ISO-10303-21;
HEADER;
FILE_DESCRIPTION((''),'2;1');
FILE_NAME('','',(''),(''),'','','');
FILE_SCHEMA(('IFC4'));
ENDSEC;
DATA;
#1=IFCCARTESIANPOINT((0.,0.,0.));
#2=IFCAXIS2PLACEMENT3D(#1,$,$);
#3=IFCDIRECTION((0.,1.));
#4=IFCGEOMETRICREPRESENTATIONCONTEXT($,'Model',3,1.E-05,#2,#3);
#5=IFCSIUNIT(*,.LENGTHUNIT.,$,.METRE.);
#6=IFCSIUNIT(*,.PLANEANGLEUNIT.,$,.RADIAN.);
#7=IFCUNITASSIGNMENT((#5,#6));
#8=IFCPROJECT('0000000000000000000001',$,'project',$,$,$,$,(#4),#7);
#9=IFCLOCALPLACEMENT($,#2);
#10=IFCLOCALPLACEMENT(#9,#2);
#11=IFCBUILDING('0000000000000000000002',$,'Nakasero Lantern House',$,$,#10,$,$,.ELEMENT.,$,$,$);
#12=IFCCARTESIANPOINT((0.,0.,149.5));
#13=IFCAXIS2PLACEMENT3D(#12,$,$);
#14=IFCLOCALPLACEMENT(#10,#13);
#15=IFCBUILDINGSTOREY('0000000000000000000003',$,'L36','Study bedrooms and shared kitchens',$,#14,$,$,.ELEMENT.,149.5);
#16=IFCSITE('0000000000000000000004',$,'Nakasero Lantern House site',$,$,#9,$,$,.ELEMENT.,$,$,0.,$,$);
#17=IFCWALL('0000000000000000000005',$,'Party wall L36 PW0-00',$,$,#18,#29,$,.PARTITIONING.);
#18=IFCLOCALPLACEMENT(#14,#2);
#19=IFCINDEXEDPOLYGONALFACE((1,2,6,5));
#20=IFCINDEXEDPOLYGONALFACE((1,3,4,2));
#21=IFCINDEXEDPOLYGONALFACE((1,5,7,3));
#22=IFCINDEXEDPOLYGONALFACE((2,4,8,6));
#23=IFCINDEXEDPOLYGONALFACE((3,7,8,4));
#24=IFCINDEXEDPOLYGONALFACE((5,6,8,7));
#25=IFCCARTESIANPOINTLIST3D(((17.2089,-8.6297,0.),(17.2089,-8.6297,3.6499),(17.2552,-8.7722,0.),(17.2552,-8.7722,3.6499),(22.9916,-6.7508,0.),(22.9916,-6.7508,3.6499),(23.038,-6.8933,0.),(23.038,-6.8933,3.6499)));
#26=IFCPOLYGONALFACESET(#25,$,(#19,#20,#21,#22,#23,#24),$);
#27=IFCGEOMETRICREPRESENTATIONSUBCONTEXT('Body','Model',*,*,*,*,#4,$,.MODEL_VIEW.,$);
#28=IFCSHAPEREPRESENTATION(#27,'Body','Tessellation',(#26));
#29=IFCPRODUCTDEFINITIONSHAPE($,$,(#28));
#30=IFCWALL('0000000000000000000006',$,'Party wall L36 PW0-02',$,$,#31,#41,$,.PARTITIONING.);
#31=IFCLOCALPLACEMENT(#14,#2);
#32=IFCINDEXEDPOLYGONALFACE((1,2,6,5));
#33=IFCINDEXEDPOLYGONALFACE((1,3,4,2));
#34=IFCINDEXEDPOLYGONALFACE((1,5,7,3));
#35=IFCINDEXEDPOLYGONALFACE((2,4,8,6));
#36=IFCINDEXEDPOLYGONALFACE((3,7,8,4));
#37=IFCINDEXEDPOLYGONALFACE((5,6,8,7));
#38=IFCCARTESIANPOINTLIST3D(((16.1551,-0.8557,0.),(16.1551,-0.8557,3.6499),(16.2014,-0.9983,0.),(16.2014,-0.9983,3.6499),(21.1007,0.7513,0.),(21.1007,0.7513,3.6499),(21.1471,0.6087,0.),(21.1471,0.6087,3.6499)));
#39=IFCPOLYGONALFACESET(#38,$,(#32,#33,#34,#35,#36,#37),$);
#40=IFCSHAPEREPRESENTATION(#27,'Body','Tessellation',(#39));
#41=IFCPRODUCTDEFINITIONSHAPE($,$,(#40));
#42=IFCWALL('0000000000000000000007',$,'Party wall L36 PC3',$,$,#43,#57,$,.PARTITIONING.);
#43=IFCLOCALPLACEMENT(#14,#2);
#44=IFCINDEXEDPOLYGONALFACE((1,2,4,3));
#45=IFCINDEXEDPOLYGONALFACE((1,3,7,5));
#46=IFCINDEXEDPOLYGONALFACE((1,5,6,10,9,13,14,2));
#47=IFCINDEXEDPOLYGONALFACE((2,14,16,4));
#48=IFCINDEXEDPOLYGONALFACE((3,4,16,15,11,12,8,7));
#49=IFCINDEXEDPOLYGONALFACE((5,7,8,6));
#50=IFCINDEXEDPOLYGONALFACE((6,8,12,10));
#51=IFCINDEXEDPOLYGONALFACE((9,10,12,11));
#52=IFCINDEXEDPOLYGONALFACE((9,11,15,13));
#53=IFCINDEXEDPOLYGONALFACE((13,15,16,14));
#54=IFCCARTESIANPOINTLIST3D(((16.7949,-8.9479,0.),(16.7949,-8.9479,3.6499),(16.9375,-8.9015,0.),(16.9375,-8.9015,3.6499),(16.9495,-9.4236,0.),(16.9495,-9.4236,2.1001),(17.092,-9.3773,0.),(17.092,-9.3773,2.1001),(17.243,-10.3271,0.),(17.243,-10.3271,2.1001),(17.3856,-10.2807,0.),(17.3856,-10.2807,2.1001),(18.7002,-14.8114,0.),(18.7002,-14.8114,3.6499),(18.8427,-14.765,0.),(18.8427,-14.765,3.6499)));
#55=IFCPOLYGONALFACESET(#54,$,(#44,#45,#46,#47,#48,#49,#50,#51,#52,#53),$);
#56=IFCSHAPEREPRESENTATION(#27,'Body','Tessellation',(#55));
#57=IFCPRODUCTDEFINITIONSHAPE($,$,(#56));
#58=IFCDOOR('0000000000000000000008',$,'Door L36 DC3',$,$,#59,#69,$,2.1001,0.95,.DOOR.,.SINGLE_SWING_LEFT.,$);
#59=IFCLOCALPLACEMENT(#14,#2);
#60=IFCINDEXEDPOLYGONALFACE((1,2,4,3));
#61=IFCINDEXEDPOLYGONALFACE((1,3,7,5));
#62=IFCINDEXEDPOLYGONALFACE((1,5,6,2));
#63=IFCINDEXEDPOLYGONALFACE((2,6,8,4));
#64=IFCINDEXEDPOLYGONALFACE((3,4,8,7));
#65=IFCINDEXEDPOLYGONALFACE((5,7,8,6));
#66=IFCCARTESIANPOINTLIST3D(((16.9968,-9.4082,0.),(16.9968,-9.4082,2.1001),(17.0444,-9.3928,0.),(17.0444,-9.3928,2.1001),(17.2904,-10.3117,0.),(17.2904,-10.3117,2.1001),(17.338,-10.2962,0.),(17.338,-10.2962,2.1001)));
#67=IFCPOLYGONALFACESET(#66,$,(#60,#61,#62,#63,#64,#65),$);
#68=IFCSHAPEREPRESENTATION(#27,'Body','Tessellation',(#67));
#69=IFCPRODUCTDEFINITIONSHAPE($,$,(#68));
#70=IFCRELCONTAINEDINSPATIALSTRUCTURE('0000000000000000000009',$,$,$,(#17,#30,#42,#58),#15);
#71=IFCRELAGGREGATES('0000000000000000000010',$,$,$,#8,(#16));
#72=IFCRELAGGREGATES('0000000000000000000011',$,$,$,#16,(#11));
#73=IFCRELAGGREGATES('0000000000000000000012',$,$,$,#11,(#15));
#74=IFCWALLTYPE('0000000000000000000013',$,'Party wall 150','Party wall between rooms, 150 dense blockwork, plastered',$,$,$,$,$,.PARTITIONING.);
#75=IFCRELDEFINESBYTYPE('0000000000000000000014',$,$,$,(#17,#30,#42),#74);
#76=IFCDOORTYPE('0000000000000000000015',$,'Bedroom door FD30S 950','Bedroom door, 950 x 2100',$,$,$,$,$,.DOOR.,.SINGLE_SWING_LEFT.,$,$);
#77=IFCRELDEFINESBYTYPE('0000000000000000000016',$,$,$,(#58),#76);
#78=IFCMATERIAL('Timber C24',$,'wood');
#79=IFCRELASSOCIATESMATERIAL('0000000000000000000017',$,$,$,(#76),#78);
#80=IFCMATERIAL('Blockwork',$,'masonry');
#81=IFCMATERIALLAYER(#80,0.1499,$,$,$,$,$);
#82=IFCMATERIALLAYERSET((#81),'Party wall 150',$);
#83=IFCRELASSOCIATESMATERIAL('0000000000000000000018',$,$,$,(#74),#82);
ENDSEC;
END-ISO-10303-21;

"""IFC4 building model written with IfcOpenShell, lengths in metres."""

from ifc_helpers import new_model, si_unit, direction, frame, frame_2d, origin, place, context, subcontext, project, spatial, rectangle, extrude, material, layer, layer_set, type_object, element, fill, save


model = new_model("IFC4")

# Units and contexts
model_context = context("Model", 3, precision=1e-05, world=origin(), true_north=direction((0.0, 1.0)))
body_context = subcontext(model_context, "Body", "Model", "MODEL_VIEW")
ifc_project = project(units=[si_unit("LENGTHUNIT", "METRE"), si_unit("PLANEANGLEUNIT", "RADIAN")], contexts=[model_context])

# Site, building, storey
site_placement = place(None, origin())
site = spatial("IfcSite", under=ifc_project, at=site_placement, Name="Nakasero Lantern House site", CompositionType="ELEMENT", RefElevation=0.0)
building_placement = place(site_placement, origin())
building = spatial("IfcBuilding", under=site, at=building_placement, Name="Nakasero Lantern House", CompositionType="ELEMENT")
storey_placement = place(building_placement, frame((0.0, 0.0, 149.5)))
storey = spatial("IfcBuildingStorey", under=building, at=storey_placement, Name="L36", Description="Study bedrooms and shared kitchens", CompositionType="ELEMENT", Elevation=149.5)

# Shared definitions
ifc_material_1 = material(Name="Timber C24", Category="wood")
door_type_1 = type_object("IfcDoorType", Name="Bedroom door FD30S 950", Description="Bedroom door, 950 x 2100", OperationType="SINGLE_SWING_LEFT", PredefinedType="DOOR", material=ifc_material_1)

# Walls
ifc_material_2 = material(Name="Blockwork", Category="masonry")
ifc_layer_1 = layer(ifc_material_2, 0.1499)
ifc_layer_set_1 = layer_set([ifc_layer_1], Name="Party wall 150")
wall_type_1 = type_object("IfcWallType", Name="Party wall 150", Description="Party wall between rooms, 150 dense blockwork, plastered", PredefinedType="PARTITIONING", material=ifc_layer_set_1)
wall_1_placement = place(storey_placement, frame((17.2322, -8.7009, 0.0), z_axis=(0.0, 0.0, 1.0), x_axis=(0.951057, 0.309015, 0.0)))
element("IfcWall", 1, at=wall_1_placement, inside=storey, type_object=wall_type_1, Name="Party wall L36 PW0-00", PredefinedType="PARTITIONING", context=body_context, shape_type="SweptSolid", body=[
    extrude(rectangle(XDim=6.0803, YDim=0.1499, at=frame_2d((3.04, 0.0))), origin(), (0.0, 0.0, 1.0), 3.6499),
])
wall_2_placement = place(storey_placement, frame((16.1782, -0.927, 0.0), z_axis=(0.0, 0.0, 1.0), x_axis=(0.951055, 0.309021, 0.0)))
element("IfcWall", 2, at=wall_2_placement, inside=storey, type_object=wall_type_1, Name="Party wall L36 PW0-02", PredefinedType="PARTITIONING", context=body_context, shape_type="SweptSolid", body=[
    extrude(rectangle(XDim=5.2002, YDim=0.1499, at=frame_2d((2.6001, 0.0))), origin(), (0.0, 0.0, 1.0), 3.6499),
])

# Wall, opening, door
wall_3_placement = place(storey_placement, frame((16.8662, -8.9248, 0.0), z_axis=(0.0, 0.0, 1.0), x_axis=(0.309031, -0.951052, 0.0)))
wall_3 = element("IfcWall", 3, at=wall_3_placement, inside=storey, type_object=wall_type_1, Name="Party wall L36 PC3", PredefinedType="PARTITIONING", context=body_context, shape_type="SweptSolid", body=[
    extrude(rectangle(XDim=6.1653, YDim=0.1499, at=frame_2d((3.0825, 0.0))), origin(), (0.0, 0.0, 1.0), 3.6499),
])
opening_1_placement = place(wall_3_placement, frame((0.5, 0.0, 0.0)))
opening_1 = element("IfcOpeningElement", 4, at=opening_1_placement, cuts=wall_3, PredefinedType="OPENING", context=body_context, shape_type="SweptSolid", body=[
    extrude(rectangle(XDim=0.95, YDim=2.1001, at=frame_2d((0.4751, 1.05))), frame((0.0, 0.095, 0.0), z_axis=(0.0, -1.0, 0.0), x_axis=(1.0, 0.0, 0.0)), (0.0, 0.0, 1.0), 0.1899),
])
door_1_placement = place(opening_1_placement, origin())
door_1 = element("IfcDoor", 5, at=door_1_placement, inside=storey, type_object=door_type_1, Name="Door L36 DC3", OperationType="SINGLE_SWING_LEFT", OverallHeight=2.1001, OverallWidth=0.95, PredefinedType="DOOR", context=body_context, shape_type="SweptSolid", body=[
    extrude(rectangle(XDim=0.95, YDim=2.1001, at=frame_2d((0.4751, 1.05))), frame((0.0, 0.0249, 0.0), z_axis=(0.0, -1.0, 0.0), x_axis=(1.0, 0.0, 0.0)), (0.0, 0.0, 1.0), 0.05),
])
fill(opening_1, door_1)

save(model, "model.ifc")
